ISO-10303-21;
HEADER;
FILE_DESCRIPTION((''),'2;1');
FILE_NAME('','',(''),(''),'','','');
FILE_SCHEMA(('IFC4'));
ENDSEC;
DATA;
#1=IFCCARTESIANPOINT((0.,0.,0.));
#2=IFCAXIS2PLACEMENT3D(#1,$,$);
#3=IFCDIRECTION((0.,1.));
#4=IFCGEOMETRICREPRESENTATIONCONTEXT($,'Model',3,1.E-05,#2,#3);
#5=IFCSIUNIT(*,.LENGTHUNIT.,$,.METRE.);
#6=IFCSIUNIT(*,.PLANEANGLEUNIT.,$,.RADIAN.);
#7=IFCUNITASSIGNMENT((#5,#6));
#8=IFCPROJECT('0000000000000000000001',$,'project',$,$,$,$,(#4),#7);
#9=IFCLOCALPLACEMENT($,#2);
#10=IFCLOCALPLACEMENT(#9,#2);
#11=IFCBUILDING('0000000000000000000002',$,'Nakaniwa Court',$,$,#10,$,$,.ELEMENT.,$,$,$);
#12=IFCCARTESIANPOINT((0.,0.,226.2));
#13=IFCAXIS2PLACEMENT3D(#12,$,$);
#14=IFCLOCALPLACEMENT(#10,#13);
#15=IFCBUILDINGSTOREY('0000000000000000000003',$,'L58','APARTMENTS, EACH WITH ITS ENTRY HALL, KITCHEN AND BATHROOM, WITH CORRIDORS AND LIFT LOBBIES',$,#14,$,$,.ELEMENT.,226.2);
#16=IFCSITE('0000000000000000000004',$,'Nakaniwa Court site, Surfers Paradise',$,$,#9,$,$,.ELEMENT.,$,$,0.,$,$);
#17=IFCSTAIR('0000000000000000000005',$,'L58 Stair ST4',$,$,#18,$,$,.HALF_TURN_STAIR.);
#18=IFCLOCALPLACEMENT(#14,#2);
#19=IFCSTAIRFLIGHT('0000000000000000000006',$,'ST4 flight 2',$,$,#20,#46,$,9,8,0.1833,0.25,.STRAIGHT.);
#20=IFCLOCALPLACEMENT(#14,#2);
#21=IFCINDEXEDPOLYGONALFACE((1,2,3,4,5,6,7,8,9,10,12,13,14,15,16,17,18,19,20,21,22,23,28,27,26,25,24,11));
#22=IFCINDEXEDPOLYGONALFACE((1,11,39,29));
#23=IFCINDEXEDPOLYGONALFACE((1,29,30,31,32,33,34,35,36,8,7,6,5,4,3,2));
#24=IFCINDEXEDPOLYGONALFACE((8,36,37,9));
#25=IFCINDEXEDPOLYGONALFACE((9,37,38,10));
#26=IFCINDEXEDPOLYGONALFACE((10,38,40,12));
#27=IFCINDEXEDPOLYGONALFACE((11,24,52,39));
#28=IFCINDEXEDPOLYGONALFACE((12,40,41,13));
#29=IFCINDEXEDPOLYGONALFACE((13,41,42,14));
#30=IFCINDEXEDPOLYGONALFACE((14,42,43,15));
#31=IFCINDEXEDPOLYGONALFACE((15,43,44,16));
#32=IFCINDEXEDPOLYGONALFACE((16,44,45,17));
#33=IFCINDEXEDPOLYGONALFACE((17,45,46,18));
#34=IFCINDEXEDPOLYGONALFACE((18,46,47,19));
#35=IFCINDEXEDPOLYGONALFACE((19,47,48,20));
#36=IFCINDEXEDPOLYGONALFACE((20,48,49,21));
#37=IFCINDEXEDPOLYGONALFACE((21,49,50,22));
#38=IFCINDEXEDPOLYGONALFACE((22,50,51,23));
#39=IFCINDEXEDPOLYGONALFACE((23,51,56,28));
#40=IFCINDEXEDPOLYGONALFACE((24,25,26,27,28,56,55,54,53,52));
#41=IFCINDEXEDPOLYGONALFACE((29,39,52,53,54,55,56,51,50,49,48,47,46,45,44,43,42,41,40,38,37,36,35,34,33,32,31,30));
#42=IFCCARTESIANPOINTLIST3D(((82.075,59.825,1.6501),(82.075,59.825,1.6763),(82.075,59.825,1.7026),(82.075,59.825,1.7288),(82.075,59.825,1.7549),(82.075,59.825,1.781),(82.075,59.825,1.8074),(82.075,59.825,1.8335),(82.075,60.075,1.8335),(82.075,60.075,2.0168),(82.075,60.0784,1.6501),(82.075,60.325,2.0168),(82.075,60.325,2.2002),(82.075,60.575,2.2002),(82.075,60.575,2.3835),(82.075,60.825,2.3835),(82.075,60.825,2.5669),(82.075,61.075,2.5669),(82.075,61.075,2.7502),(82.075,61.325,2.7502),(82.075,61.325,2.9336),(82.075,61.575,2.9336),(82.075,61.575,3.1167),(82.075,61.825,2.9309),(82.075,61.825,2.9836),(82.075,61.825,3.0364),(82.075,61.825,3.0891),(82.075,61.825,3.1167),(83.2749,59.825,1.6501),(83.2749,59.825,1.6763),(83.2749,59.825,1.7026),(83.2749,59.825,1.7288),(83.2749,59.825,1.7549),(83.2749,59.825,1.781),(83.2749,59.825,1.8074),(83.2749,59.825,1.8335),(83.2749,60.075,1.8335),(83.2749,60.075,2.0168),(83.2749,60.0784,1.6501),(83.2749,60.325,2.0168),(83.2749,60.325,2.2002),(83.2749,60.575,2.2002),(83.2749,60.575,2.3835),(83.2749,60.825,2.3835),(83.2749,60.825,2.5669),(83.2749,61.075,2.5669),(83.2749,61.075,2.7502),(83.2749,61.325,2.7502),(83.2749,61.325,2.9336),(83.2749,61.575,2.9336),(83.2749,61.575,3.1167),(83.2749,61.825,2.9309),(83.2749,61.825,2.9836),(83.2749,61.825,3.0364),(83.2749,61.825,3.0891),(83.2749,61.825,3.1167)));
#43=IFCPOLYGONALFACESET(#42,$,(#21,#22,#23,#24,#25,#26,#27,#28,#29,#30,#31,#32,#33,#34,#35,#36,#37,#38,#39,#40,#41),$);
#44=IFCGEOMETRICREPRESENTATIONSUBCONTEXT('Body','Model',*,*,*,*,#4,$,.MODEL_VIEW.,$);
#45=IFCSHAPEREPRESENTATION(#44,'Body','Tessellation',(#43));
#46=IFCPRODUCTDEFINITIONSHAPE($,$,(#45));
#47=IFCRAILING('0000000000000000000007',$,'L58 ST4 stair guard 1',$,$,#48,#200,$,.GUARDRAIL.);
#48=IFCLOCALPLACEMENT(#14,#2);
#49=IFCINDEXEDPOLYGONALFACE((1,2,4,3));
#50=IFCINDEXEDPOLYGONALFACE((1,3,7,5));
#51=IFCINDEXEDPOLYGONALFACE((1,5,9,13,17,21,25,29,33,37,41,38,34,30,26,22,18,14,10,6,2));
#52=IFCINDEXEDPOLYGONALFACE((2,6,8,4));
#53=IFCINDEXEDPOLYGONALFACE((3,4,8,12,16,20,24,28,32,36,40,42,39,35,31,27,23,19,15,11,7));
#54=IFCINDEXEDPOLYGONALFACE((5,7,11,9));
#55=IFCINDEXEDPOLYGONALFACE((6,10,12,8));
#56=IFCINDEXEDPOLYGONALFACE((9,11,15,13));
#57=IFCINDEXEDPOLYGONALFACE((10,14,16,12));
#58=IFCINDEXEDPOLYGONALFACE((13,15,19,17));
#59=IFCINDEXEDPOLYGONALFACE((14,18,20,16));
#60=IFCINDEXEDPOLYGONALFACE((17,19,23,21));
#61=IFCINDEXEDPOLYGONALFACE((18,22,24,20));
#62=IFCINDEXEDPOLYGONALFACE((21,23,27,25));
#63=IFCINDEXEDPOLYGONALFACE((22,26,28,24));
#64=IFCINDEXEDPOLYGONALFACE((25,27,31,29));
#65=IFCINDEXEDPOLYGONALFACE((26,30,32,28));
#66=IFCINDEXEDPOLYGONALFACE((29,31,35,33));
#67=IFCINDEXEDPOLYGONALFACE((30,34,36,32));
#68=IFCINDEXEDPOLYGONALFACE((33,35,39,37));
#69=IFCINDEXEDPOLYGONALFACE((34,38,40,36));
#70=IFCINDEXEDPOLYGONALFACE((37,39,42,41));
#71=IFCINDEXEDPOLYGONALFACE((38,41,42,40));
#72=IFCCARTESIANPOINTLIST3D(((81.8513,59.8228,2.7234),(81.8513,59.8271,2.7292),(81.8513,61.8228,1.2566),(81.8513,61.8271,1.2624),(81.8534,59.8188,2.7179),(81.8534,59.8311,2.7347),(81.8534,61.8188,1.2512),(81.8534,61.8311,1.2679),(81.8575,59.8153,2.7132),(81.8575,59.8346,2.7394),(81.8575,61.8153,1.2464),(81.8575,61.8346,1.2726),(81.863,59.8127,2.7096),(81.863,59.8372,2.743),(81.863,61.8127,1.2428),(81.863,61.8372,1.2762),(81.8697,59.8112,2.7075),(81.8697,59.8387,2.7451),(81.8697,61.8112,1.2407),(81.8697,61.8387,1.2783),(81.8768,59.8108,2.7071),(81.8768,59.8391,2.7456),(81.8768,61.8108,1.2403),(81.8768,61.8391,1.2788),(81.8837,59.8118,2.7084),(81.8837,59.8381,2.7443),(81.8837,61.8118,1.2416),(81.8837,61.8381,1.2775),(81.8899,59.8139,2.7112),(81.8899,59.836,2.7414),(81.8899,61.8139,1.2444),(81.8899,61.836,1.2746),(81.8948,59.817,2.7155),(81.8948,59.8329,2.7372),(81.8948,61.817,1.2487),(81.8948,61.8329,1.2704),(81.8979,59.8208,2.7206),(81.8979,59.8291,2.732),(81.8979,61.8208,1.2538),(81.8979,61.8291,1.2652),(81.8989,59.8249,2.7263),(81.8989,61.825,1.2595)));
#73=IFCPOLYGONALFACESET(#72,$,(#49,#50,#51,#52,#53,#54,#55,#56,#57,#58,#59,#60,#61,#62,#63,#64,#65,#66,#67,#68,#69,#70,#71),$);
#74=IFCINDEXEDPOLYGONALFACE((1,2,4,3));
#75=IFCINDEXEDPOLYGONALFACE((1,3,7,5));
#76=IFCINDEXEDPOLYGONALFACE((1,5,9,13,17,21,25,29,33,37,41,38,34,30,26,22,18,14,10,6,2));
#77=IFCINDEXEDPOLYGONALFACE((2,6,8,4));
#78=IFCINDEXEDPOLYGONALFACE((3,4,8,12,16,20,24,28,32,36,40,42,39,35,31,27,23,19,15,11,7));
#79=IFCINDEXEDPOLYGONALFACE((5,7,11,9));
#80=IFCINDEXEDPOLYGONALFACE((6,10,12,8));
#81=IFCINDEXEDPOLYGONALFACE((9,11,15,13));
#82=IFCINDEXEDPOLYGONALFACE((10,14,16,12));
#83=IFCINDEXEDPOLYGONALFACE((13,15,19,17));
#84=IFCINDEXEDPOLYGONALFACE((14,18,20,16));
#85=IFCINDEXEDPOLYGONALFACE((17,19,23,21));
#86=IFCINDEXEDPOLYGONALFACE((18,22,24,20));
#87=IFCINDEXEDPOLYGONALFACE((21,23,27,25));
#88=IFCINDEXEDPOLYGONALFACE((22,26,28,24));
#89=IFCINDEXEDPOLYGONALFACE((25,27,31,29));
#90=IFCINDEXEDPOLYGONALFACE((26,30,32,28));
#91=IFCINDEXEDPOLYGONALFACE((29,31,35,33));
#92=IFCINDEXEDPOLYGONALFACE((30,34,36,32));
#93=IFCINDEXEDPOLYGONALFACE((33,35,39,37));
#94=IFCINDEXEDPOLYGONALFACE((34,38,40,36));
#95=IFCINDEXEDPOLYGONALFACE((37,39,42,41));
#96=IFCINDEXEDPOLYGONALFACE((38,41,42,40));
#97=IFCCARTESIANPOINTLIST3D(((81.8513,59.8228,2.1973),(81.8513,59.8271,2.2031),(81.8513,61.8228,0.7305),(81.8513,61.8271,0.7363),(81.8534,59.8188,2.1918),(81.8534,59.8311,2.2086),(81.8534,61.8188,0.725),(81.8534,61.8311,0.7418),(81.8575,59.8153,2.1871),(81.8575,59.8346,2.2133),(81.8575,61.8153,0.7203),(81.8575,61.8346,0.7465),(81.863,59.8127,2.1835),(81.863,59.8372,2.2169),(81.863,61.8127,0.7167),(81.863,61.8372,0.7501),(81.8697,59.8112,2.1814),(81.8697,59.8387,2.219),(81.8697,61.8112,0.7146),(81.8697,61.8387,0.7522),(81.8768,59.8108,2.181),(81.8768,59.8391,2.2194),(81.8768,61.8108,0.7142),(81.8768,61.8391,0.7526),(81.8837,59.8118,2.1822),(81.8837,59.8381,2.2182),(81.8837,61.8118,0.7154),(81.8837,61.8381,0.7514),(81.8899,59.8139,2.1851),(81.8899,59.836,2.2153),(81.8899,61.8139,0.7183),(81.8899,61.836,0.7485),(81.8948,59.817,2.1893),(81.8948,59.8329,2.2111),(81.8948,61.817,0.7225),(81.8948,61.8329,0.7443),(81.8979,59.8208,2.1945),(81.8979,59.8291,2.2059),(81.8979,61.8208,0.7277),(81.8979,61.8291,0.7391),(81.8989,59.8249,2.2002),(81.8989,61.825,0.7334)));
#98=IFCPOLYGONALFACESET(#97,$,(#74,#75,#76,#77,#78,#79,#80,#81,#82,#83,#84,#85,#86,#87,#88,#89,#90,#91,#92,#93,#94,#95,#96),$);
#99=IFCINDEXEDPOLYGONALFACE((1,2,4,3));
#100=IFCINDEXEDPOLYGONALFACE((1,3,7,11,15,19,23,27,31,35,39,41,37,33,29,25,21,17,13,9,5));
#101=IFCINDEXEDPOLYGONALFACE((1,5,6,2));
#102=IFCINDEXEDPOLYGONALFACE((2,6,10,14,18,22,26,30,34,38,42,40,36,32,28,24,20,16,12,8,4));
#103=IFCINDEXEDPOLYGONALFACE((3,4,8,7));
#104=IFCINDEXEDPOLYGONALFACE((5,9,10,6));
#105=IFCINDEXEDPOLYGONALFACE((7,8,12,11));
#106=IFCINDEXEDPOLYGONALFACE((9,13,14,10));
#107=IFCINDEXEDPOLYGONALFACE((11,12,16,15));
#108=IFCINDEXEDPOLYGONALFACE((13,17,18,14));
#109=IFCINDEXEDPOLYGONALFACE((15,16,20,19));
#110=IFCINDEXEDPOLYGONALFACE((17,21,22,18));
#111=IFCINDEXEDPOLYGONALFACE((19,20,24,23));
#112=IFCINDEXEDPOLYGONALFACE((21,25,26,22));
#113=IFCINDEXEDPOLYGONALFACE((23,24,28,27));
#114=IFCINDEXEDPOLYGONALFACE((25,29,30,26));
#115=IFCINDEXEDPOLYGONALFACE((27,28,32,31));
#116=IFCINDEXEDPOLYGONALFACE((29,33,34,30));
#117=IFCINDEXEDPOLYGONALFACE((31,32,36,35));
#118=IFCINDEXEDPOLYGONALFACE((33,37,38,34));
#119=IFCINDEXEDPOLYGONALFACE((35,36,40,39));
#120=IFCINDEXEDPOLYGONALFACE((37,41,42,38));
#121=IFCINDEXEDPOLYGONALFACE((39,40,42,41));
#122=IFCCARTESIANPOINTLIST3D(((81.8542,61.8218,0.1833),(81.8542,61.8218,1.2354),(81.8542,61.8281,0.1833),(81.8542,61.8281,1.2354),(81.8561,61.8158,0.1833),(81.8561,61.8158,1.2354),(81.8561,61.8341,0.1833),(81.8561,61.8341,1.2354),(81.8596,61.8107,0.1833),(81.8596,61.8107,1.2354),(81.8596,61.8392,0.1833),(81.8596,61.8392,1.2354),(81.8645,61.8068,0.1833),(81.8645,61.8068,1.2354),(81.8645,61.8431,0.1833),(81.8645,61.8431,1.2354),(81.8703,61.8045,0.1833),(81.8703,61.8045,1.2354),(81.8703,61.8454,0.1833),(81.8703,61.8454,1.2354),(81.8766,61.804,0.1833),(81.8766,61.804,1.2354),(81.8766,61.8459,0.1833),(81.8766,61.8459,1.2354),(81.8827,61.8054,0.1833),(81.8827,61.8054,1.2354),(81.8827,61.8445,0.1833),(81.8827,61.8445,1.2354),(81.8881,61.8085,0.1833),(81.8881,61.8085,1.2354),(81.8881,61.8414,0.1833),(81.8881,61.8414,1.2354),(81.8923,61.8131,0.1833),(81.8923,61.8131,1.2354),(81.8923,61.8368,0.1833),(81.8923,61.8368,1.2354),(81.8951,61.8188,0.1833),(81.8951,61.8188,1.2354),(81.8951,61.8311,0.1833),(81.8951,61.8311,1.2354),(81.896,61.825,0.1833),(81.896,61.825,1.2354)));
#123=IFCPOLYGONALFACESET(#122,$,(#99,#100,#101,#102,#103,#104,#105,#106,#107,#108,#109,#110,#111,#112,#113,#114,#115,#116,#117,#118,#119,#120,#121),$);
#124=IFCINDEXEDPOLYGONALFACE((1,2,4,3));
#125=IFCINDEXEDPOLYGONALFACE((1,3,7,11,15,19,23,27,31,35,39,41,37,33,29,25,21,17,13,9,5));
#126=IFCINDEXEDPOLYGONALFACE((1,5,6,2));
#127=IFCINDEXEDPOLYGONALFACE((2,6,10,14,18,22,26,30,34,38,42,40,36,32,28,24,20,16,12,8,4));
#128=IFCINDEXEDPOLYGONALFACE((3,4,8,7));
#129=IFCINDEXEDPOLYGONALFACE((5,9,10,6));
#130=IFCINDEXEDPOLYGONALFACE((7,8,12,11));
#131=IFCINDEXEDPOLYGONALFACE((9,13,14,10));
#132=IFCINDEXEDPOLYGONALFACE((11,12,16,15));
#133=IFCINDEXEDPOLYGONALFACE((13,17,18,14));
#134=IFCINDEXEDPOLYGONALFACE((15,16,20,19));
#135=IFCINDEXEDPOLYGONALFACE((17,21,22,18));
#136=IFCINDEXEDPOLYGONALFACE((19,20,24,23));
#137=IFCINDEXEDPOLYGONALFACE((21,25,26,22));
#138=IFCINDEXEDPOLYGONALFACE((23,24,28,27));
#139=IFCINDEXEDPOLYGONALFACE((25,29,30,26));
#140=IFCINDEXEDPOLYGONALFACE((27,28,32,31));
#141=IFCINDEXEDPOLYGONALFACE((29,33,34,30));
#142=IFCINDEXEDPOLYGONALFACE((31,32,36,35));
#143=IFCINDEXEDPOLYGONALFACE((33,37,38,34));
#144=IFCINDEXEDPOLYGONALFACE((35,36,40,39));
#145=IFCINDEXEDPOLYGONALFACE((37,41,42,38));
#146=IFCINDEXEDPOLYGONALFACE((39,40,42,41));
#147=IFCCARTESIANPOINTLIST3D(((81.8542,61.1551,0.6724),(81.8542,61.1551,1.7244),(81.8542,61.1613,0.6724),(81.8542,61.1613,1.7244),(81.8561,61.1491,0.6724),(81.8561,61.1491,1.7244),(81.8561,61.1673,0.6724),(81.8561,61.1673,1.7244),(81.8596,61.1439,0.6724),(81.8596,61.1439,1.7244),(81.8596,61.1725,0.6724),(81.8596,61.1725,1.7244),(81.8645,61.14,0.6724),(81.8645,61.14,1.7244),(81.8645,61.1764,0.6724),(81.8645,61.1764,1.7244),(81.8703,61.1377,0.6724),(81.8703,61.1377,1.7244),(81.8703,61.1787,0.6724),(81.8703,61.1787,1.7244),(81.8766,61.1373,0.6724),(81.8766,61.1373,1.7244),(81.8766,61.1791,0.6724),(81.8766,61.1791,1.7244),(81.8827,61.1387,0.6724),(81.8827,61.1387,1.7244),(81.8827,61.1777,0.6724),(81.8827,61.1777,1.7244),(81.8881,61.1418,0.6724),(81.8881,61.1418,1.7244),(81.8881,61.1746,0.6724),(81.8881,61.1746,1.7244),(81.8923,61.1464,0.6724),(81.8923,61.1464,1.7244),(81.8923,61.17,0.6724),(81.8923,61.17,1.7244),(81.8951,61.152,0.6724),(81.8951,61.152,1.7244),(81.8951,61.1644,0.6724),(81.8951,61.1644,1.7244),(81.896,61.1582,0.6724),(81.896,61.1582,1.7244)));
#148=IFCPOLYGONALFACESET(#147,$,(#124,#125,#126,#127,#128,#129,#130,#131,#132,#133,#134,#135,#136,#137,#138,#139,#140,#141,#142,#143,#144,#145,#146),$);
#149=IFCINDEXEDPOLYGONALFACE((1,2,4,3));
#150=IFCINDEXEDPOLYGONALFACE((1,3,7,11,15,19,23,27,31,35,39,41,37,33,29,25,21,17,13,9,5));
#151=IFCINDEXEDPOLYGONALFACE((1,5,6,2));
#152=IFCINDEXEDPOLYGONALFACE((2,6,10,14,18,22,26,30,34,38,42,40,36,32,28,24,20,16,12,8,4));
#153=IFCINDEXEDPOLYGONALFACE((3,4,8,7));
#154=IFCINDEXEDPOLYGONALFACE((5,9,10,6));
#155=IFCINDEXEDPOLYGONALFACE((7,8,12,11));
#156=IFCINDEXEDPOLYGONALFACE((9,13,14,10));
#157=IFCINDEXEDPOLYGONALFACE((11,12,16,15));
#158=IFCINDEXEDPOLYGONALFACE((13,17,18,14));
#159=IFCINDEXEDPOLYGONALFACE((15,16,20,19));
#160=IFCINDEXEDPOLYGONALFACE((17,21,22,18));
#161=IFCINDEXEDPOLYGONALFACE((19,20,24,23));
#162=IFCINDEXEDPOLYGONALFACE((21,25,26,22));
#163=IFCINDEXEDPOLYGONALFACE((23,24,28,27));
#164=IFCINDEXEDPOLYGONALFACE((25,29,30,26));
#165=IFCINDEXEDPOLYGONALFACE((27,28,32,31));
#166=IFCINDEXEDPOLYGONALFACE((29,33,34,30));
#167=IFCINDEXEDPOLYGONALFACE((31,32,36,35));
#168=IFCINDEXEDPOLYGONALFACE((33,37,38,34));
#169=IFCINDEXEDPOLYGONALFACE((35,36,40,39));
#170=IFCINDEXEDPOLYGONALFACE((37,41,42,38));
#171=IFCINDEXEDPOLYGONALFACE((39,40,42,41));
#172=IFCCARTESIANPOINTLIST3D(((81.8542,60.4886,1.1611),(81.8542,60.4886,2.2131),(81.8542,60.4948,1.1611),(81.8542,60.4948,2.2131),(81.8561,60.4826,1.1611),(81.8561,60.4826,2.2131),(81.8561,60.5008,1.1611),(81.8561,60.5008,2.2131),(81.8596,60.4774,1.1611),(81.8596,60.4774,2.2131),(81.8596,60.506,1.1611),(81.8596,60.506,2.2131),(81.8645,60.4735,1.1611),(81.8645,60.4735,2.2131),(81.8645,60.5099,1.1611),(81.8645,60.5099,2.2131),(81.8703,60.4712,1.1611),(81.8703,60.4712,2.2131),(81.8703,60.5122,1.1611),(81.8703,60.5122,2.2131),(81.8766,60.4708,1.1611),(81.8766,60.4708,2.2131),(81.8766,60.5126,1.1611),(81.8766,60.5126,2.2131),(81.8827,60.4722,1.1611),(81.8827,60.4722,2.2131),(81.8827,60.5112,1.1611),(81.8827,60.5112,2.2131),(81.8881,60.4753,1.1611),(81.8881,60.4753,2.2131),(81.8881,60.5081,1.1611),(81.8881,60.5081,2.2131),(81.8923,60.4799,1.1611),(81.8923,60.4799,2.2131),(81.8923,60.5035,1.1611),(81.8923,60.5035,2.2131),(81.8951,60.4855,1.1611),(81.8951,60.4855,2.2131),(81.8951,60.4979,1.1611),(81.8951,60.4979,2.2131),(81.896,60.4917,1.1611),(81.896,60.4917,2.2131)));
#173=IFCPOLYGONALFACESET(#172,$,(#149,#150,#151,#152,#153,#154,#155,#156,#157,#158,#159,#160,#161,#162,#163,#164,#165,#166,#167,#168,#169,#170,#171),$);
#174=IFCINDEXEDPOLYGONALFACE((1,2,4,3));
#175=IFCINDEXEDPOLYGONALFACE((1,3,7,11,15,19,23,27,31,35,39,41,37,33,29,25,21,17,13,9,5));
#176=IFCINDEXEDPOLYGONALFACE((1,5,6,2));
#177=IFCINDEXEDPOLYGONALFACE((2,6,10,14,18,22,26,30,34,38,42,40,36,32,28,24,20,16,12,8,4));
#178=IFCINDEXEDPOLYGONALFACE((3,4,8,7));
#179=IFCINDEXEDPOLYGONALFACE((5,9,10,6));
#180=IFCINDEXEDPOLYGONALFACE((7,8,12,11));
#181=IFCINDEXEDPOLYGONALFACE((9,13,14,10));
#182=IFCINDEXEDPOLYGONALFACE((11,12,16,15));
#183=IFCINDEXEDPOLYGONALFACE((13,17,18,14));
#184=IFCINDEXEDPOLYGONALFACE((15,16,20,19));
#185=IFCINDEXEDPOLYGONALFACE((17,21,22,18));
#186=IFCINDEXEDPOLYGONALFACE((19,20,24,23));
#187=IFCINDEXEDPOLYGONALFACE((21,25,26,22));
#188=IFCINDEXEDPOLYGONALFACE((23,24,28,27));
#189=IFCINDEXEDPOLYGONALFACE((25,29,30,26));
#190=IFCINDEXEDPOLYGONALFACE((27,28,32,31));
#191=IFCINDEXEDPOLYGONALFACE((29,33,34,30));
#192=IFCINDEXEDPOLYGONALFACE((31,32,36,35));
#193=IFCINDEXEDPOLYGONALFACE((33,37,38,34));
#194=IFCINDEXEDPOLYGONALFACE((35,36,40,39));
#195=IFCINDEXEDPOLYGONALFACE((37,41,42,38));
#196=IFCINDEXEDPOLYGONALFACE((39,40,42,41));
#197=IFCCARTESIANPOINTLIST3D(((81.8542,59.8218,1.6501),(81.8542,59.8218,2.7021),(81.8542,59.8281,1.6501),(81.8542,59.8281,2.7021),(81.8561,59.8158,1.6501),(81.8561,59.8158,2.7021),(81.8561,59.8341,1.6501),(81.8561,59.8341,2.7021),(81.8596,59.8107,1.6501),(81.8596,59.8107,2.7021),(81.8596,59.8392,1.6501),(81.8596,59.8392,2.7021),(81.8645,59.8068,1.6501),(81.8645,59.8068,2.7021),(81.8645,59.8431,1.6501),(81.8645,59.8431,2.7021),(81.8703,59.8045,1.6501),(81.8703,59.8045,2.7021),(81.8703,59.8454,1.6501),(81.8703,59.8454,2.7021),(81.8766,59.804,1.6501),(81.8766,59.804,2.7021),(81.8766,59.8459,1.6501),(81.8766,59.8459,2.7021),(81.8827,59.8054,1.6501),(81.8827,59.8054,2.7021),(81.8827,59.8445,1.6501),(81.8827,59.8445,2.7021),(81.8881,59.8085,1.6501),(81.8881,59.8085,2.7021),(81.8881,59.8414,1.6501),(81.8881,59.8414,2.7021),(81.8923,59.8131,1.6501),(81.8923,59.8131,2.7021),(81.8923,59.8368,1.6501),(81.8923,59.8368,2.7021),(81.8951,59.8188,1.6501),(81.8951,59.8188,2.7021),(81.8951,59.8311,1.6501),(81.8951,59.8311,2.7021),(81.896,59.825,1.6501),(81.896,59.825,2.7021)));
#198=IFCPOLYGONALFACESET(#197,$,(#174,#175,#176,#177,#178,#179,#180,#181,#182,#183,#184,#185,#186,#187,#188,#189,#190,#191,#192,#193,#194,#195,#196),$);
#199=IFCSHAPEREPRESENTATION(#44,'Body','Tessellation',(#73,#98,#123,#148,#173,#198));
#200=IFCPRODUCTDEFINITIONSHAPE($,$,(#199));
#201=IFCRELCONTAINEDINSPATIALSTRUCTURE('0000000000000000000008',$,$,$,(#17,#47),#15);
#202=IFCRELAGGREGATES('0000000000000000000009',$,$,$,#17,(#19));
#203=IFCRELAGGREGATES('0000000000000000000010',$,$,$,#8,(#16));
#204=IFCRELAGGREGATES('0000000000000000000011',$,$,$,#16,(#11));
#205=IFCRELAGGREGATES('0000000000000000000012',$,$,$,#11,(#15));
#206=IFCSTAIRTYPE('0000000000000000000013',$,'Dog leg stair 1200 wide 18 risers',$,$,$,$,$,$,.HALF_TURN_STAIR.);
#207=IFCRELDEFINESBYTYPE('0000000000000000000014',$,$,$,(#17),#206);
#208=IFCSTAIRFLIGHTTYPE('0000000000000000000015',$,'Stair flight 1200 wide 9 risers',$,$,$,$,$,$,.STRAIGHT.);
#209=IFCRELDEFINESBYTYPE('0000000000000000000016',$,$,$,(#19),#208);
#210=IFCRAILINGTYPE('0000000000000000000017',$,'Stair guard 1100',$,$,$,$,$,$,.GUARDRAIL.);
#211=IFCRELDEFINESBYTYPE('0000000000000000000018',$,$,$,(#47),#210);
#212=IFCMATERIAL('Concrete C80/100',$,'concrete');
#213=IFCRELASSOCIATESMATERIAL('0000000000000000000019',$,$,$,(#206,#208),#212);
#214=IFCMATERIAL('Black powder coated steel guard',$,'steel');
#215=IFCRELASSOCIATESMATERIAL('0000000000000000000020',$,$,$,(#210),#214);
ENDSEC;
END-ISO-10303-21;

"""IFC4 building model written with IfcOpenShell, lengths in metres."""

from ifc_helpers import new_model, si_unit, direction, frame, origin, origin_2d, place, context, subcontext, project, spatial, polyline, circle, outline, extrude, material, type_object, element, aggregate, save


model = new_model("IFC4")

# Units and contexts
model_context = context("Model", 3, precision=1e-05, world=origin(), true_north=direction((0.0, 1.0)))
body_context = subcontext(model_context, "Body", "Model", "MODEL_VIEW")
ifc_project = project(units=[si_unit("LENGTHUNIT", "METRE"), si_unit("PLANEANGLEUNIT", "RADIAN")], contexts=[model_context])

# Site, building, storey
site_placement = place(None, origin())
site = spatial("IfcSite", under=ifc_project, at=site_placement, Name="Nakaniwa Court site, Surfers Paradise", CompositionType="ELEMENT", RefElevation=0.0)
building_placement = place(site_placement, origin())
building = spatial("IfcBuilding", under=site, at=building_placement, Name="Nakaniwa Court", CompositionType="ELEMENT")
storey_placement = place(building_placement, frame((0.0, 0.0, 226.2)))
storey = spatial("IfcBuildingStorey", under=building, at=storey_placement, Name="L58", Description="APARTMENTS, EACH WITH ITS ENTRY HALL, KITCHEN AND BATHROOM, WITH CORRIDORS AND LIFT LOBBIES", CompositionType="ELEMENT", Elevation=226.2)

# Shared definitions
ifc_material_1 = material(Name="Concrete C80/100", Category="concrete")

# Stair, stair flight
stair_type = type_object("IfcStairType", Name="Dog leg stair 1200 wide 18 risers", PredefinedType="HALF_TURN_STAIR", material=ifc_material_1)
stair_placement = place(storey_placement, origin())
stair = element("IfcStair", 1, at=stair_placement, inside=storey, type_object=stair_type, Name="L58 Stair ST4", PredefinedType="HALF_TURN_STAIR")
stair_flight_type = type_object("IfcStairFlightType", Name="Stair flight 1200 wide 9 risers", PredefinedType="STRAIGHT", material=ifc_material_1)
stair_flight_1_placement = place(storey_placement, frame((82.675, 59.825, 1.6501), z_axis=(0.0, 0.0, 1.0), x_axis=(0.0, 1.0, 0.0)))
stair_flight_1 = element("IfcStairFlight", 2, at=stair_flight_1_placement, type_object=stair_flight_type, Name="ST4 flight 2", NumberOfRisers=9, NumberOfTreads=8, PredefinedType="STRAIGHT", RiserHeight=0.1833, TreadLength=0.25, context=body_context, shape_type="SweptSolid", body=[
    extrude(outline(polyline([(0.0, 0.0), (0.0, 0.0261), (0.0, 0.0525), (0.0, 0.0786), (0.0, 0.1047), (0.0, 0.1309), (0.0, 0.1572), (0.0, 0.1833), (0.25, 0.1833), (0.25, 0.3667), (0.5, 0.3667), (0.5, 0.55), (0.75, 0.55), (0.75, 0.7334), (1.0, 0.7334), (1.0, 0.9167), (1.25, 0.9167), (1.25, 1.1001), (1.5, 1.1001), (1.5, 1.2834), (1.75, 1.2834), (1.75, 1.4666), (2.0, 1.4666), (2.0, 1.6499), (2.0, 1.5972), (2.0, 1.5444), (2.0, 1.4917), (2.0, 1.439), (2.0, 1.3862), (2.0, 1.3335), (2.0, 1.2808), (0.2534, 0.0), (0.0, 0.0)])), frame((0.0, 0.6001, 0.0), z_axis=(0.0, -1.0, 0.0), x_axis=(1.0, 0.0, 0.0)), (0.0, 0.0, 1.0), 1.2),
])
aggregate(stair, [stair_flight_1])

# Railing
ifc_material_2 = material(Name="Black powder coated steel guard", Category="steel")
railing_type_1 = type_object("IfcRailingType", Name="Stair guard 1100", PredefinedType="GUARDRAIL", material=ifc_material_2)
railing_1_placement = place(storey_placement, frame((81.875, 61.825, 0.1833)))
element("IfcRailing", 3, at=railing_1_placement, inside=storey, type_object=railing_type_1, Name="L58 ST4 stair guard 1", PredefinedType="GUARDRAIL", context=body_context, shape_type="SweptSolid", body=[
    extrude(circle(Radius=0.0239, at=origin_2d()), frame((0.0, 0.0, 1.0762), z_axis=(0.0, -0.80638, 0.591398), x_axis=(1.0, 0.0, 0.0)), (0.0, 0.0, 1.0), 2.4802),
    extrude(circle(Radius=0.0239, at=origin_2d()), frame((0.0, 0.0, 0.55), z_axis=(0.0, -0.80638, 0.591398), x_axis=(1.0, 0.0, 0.0)), (0.0, 0.0, 1.0), 2.4802),
    extrude(circle(Radius=0.021, at=origin_2d()), origin(), (0.0, 0.0, 1.0), 1.052),
    extrude(circle(Radius=0.021, at=origin_2d()), frame((0.0, -0.6667, 0.489)), (0.0, 0.0, 1.0), 1.052),
    extrude(circle(Radius=0.021, at=origin_2d()), frame((0.0, -1.3333, 0.9778)), (0.0, 0.0, 1.0), 1.052),
    extrude(circle(Radius=0.021, at=origin_2d()), frame((0.0, -2.0, 1.4668)), (0.0, 0.0, 1.0), 1.052),
])

save(model, "model.ifc")
